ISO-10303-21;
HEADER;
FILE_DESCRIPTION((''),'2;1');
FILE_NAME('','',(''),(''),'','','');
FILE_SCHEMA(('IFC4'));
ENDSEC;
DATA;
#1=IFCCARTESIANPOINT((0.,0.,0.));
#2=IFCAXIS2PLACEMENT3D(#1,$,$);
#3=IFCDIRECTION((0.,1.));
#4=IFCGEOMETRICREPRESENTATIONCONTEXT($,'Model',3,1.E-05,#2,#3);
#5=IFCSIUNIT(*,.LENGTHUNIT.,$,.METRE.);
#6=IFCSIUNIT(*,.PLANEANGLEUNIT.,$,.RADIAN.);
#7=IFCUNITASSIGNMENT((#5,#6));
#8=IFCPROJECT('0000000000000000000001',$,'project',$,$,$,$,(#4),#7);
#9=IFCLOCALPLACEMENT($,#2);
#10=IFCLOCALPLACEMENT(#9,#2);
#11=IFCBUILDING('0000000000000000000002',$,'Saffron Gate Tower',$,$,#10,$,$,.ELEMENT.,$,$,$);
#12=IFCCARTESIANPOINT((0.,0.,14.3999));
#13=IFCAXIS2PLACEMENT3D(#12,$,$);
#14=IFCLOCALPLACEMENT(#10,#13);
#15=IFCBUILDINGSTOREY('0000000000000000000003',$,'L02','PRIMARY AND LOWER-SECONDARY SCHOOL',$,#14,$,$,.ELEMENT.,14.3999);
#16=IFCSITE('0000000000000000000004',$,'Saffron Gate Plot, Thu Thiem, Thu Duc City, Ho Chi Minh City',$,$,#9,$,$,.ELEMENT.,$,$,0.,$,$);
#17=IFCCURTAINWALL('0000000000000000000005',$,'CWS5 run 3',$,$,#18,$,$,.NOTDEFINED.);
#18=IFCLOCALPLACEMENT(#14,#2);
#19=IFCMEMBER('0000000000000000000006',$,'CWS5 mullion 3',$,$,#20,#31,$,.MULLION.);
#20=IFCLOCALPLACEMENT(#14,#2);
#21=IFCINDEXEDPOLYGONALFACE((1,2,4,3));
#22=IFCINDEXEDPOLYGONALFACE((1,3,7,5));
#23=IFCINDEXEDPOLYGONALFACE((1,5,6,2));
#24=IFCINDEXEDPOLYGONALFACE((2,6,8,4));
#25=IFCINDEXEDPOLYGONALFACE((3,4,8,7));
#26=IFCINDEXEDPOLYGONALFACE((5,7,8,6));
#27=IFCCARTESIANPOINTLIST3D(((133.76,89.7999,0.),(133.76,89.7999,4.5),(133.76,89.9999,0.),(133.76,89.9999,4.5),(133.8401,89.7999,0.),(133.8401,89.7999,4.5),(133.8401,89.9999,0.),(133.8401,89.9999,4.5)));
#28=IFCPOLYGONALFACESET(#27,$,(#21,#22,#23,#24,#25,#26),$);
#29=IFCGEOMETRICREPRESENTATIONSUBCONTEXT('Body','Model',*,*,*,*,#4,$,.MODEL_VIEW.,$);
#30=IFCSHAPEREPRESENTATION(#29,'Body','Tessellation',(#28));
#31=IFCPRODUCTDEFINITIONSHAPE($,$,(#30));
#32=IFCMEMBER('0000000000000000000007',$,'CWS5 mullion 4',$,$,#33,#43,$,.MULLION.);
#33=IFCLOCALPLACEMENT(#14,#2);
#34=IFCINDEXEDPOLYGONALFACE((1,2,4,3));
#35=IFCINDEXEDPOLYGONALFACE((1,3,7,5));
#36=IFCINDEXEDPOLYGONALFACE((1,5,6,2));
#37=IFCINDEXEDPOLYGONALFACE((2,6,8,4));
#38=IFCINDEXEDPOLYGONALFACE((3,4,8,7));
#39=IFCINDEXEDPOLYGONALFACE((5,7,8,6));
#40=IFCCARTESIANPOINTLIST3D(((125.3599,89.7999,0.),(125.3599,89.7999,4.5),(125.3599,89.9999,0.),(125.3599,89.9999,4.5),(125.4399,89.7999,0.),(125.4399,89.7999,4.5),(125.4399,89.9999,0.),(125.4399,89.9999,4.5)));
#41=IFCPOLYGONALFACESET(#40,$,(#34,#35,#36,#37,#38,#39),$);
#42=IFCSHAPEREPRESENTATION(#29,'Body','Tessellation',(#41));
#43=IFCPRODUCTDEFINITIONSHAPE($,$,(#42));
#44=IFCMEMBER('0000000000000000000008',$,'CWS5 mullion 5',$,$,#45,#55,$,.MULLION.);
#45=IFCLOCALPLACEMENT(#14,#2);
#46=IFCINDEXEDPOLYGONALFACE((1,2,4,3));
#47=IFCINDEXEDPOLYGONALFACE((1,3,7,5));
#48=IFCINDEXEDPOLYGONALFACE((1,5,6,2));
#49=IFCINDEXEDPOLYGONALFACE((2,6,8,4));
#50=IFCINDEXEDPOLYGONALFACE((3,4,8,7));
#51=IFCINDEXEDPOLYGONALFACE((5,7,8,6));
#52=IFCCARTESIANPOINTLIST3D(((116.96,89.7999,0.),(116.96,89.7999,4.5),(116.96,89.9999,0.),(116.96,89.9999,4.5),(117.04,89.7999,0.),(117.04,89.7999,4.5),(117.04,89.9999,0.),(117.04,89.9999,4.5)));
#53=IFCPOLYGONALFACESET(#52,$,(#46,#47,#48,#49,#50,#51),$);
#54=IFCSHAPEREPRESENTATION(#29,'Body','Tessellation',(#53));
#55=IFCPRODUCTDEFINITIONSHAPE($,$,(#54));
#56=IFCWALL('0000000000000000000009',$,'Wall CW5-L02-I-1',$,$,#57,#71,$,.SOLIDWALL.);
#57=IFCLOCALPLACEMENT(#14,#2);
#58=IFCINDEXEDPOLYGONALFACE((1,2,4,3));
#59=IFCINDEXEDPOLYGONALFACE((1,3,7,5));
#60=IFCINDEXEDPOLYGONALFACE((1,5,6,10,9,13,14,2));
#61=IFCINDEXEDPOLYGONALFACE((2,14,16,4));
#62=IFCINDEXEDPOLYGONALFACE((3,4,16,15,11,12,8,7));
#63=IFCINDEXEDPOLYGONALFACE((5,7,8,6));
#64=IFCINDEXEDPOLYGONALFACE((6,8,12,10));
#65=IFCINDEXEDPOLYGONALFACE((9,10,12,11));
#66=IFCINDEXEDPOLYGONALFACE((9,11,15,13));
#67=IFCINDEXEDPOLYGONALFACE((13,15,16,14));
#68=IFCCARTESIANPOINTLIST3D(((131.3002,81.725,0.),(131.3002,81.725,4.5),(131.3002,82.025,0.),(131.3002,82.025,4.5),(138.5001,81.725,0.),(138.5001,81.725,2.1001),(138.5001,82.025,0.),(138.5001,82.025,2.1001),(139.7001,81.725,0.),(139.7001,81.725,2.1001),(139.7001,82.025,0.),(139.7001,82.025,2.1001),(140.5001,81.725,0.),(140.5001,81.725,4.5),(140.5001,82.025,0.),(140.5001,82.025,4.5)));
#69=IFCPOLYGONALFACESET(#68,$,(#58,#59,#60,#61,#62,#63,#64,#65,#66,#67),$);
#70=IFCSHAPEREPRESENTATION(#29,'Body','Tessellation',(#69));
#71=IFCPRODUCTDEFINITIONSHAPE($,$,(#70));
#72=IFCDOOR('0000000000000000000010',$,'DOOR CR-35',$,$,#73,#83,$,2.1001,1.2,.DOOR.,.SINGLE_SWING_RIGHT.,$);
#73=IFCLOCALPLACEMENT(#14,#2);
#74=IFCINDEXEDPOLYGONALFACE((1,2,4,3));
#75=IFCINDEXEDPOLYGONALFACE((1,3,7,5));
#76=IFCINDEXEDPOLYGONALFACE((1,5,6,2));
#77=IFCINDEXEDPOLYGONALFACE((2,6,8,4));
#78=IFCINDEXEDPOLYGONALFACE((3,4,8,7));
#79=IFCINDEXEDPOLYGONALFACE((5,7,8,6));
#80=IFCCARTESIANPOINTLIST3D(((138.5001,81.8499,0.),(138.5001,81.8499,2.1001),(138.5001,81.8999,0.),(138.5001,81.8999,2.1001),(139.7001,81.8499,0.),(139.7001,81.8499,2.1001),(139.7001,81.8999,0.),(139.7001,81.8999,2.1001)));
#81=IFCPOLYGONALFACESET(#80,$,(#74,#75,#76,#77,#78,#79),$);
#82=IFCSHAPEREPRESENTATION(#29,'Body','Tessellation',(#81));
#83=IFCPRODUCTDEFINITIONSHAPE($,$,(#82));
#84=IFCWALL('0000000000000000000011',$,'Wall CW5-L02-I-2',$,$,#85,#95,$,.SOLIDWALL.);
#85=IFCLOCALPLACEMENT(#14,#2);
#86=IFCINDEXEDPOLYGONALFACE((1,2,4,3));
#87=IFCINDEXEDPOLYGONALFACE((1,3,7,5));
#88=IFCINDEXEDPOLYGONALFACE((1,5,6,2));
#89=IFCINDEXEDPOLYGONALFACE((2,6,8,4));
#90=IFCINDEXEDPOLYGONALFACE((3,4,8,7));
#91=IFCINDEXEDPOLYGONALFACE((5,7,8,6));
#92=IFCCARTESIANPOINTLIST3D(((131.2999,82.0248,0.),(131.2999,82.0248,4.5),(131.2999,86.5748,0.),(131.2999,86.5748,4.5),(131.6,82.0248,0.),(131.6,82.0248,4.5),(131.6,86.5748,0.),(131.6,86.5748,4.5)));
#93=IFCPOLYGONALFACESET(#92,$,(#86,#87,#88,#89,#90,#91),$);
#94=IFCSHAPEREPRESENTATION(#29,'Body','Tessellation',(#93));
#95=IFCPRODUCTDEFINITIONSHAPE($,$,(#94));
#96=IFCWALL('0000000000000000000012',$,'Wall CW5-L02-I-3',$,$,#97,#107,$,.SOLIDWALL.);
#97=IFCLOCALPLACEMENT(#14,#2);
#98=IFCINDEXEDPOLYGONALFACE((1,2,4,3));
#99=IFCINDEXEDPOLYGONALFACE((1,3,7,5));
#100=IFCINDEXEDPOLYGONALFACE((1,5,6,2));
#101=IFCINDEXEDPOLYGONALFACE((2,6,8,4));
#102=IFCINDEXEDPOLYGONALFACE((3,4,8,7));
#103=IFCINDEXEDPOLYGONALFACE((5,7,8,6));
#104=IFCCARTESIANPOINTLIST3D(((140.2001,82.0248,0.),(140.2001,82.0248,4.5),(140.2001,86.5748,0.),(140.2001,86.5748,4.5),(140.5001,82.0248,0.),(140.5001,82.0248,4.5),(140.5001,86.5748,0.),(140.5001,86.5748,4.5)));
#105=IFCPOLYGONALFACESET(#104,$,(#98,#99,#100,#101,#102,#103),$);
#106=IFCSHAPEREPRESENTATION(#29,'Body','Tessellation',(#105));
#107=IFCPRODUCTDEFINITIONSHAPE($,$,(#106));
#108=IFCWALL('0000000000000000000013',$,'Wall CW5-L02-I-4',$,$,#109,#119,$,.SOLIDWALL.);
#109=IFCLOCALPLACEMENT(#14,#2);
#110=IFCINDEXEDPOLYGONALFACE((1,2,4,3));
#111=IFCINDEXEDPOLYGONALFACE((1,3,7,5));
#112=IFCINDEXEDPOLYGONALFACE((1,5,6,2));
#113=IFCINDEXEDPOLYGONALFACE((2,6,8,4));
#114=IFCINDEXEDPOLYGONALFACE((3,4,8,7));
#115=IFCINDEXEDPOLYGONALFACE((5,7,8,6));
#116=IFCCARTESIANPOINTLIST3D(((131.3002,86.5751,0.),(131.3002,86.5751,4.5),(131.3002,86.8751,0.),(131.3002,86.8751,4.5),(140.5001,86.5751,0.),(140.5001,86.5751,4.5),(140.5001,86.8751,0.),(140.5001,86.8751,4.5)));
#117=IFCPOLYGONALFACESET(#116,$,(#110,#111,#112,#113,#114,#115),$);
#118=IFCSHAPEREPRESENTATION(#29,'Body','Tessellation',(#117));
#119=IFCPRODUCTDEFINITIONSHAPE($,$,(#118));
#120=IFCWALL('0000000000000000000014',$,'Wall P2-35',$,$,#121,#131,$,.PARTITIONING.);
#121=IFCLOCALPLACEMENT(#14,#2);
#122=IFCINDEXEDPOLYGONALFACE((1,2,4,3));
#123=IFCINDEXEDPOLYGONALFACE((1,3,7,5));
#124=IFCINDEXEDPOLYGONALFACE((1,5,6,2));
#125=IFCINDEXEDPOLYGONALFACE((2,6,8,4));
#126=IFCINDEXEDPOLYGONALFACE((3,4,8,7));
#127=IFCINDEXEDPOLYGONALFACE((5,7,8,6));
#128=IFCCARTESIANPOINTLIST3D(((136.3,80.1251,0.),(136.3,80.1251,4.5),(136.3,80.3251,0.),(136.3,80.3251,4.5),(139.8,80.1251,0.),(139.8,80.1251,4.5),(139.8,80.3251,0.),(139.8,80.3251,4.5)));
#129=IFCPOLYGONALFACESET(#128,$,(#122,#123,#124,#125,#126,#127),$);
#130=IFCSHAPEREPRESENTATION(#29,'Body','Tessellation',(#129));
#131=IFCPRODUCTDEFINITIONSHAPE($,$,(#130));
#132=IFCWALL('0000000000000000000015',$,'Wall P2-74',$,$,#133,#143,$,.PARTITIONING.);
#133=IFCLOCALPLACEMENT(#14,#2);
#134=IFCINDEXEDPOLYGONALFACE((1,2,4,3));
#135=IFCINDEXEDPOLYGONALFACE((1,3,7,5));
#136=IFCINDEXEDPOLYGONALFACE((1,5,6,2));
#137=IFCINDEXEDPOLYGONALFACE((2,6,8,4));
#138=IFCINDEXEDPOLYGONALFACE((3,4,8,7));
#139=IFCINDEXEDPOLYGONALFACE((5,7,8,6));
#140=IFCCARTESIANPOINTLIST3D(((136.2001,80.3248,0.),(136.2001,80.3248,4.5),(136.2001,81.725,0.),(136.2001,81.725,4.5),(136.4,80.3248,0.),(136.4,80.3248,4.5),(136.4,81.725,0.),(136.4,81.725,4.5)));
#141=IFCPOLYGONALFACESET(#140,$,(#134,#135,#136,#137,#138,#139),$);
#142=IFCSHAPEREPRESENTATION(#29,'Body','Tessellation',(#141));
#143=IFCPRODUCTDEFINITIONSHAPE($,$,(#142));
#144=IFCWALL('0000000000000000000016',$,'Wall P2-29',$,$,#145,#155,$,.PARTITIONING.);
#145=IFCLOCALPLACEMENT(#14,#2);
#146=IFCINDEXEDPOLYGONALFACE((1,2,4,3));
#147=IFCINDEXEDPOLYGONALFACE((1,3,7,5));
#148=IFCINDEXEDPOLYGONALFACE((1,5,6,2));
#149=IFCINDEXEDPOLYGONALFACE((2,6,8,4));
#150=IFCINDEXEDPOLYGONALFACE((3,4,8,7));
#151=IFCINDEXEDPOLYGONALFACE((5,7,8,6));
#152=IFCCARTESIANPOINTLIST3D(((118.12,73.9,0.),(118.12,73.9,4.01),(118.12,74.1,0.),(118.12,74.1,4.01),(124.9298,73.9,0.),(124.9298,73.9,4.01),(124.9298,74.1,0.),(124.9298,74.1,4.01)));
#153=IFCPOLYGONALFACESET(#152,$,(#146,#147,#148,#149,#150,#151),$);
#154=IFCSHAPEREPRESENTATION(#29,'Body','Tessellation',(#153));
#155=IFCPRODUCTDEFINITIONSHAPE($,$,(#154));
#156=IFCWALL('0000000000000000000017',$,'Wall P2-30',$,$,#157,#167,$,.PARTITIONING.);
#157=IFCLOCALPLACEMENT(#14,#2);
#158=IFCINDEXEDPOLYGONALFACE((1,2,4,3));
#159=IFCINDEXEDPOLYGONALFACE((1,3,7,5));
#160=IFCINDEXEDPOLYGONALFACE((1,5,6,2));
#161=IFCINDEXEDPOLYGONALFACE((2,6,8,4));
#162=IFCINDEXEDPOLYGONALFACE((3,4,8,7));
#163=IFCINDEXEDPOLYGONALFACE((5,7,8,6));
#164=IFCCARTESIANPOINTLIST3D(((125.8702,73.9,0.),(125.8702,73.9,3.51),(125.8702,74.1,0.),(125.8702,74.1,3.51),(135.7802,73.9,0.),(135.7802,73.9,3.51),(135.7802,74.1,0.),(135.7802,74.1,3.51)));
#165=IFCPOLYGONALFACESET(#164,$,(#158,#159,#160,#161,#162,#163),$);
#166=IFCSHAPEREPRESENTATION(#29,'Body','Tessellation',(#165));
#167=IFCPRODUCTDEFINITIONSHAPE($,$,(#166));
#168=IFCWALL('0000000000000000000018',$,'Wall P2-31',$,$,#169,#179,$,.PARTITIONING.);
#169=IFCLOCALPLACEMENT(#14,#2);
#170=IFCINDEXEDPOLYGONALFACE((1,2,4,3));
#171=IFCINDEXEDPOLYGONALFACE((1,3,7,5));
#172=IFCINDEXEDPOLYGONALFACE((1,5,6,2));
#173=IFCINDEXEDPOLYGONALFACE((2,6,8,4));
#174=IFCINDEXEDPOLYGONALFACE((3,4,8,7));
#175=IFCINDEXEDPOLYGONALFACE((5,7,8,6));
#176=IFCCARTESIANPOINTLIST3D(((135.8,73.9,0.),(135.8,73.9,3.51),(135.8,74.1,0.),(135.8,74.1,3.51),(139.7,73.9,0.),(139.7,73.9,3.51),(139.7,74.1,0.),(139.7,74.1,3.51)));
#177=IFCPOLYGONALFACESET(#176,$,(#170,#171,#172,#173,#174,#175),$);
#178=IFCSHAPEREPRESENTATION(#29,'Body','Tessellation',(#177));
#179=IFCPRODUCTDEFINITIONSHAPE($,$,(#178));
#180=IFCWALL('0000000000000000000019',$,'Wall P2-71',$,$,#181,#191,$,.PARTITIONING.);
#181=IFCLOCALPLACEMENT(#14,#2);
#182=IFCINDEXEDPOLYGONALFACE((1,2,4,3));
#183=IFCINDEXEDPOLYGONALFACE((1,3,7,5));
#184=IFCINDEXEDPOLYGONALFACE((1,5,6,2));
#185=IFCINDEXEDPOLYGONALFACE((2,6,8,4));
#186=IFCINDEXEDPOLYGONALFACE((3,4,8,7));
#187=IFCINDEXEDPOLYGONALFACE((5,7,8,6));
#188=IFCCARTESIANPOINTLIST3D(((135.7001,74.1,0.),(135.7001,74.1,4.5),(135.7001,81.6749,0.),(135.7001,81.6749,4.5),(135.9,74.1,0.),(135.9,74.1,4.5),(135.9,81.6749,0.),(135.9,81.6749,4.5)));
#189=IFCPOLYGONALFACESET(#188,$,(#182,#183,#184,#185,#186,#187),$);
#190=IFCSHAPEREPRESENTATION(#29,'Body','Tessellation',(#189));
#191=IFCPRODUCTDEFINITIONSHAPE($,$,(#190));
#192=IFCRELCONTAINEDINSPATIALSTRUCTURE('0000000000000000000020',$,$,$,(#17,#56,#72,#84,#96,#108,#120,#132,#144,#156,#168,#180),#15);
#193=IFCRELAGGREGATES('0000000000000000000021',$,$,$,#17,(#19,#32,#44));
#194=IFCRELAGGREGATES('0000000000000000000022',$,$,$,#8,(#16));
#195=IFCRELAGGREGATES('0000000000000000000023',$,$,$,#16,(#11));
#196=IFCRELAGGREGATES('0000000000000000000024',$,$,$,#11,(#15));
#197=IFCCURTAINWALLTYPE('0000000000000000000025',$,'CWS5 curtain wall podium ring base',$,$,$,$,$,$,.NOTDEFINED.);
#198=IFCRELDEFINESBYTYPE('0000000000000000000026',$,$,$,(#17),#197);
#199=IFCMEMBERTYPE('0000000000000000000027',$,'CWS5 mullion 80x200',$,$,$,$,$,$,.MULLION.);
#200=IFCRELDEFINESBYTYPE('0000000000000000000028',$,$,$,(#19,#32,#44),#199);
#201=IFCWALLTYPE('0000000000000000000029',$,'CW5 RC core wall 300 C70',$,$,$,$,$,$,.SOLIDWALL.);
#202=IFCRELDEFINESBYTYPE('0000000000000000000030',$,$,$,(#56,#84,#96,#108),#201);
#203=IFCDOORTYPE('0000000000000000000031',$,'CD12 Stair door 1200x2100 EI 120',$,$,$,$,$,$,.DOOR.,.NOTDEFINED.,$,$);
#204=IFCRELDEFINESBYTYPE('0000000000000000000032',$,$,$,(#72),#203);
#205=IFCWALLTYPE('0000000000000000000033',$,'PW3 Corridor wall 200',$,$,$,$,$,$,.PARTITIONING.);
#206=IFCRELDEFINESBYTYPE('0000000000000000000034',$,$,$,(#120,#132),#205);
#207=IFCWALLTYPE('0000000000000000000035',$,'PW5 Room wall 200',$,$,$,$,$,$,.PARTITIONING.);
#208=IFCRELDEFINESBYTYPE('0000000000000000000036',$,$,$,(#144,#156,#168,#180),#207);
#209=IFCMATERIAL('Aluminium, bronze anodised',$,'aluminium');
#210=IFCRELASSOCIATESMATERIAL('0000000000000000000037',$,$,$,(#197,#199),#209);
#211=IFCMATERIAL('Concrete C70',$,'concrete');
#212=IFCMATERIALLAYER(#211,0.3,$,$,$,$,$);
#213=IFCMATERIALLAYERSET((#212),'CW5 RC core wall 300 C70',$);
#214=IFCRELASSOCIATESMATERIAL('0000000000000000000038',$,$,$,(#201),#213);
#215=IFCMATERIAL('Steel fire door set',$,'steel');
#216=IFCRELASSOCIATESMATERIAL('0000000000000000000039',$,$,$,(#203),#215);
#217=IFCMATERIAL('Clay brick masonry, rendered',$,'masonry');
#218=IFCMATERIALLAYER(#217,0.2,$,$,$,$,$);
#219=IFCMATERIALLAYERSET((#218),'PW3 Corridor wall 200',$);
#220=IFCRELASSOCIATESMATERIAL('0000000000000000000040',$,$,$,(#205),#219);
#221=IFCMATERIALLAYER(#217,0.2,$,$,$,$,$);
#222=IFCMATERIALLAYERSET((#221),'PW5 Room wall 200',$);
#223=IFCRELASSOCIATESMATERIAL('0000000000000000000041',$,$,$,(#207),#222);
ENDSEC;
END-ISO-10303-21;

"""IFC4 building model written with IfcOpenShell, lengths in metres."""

from ifc_helpers import new_model, si_unit, direction, frame, frame_2d, origin, origin_2d, place, context, subcontext, project, spatial, rectangle, extrude, material, layer, layer_set, material_profile, profile_set, type_object, element, fill, aggregate, save


model = new_model("IFC4")

# Units and contexts
model_context = context("Model", 3, precision=1e-05, world=origin(), true_north=direction((0.0, 1.0)))
body_context = subcontext(model_context, "Body", "Model", "MODEL_VIEW")
ifc_project = project(units=[si_unit("LENGTHUNIT", "METRE"), si_unit("PLANEANGLEUNIT", "RADIAN")], contexts=[model_context])

# Site, building, storey
site_placement = place(None, origin())
site = spatial("IfcSite", under=ifc_project, at=site_placement, Name="Saffron Gate Plot, Thu Thiem, Thu Duc City, Ho Chi Minh City", CompositionType="ELEMENT", RefElevation=0.0)
building_placement = place(site_placement, origin())
building = spatial("IfcBuilding", under=site, at=building_placement, Name="Saffron Gate Tower", CompositionType="ELEMENT")
storey_placement = place(building_placement, frame((0.0, 0.0, 14.3999)))
storey = spatial("IfcBuildingStorey", under=building, at=storey_placement, Name="L02", Description="PRIMARY AND LOWER-SECONDARY SCHOOL", CompositionType="ELEMENT", Elevation=14.3999)

# Curtain wall
ifc_material_1 = material(Name="Aluminium, bronze anodised", Category="aluminium")
curtain_wall_type = type_object("IfcCurtainWallType", Name="CWS5 curtain wall podium ring base", PredefinedType="NOTDEFINED", material=ifc_material_1)
curtain_wall_1_placement = place(storey_placement, origin())
curtain_wall_1 = element("IfcCurtainWall", 1, at=curtain_wall_1_placement, inside=storey, type_object=curtain_wall_type, Name="CWS5 run 3", PredefinedType="NOTDEFINED")
ifc_material_profile_1 = material_profile(ifc_material_1, rectangle(XDim=0.2, YDim=0.0801, at=origin_2d()))
ifc_profile_set_1 = profile_set([ifc_material_profile_1], Name="Aluminium, bronze anodised")
member_type_1 = type_object("IfcMemberType", Name="CWS5 mullion 80x200", PredefinedType="MULLION", material=ifc_profile_set_1)

# Members
member_1_placement = place(storey_placement, frame((133.8, 89.8999, 0.0), z_axis=(0.0, 0.0, 1.0), x_axis=(0.0, -1.0, 0.0)))
member_1 = element("IfcMember", 2, at=member_1_placement, type_object=member_type_1, Name="CWS5 mullion 3", PredefinedType="MULLION", context=body_context, shape_type="SweptSolid", body=[
    extrude(rectangle(XDim=0.2, YDim=0.0801, at=origin_2d()), origin(), (0.0, 0.0, 1.0), 4.5),
])
member_2_placement = place(storey_placement, frame((125.3999, 89.8999, 0.0), z_axis=(0.0, 0.0, 1.0), x_axis=(0.0, -1.0, 0.0)))
member_2 = element("IfcMember", 3, at=member_2_placement, type_object=member_type_1, Name="CWS5 mullion 4", PredefinedType="MULLION", context=body_context, shape_type="SweptSolid", body=[
    extrude(rectangle(XDim=0.2, YDim=0.0801, at=origin_2d()), origin(), (0.0, 0.0, 1.0), 4.5),
])
member_3_placement = place(storey_placement, frame((117.0, 89.8999, 0.0), z_axis=(0.0, 0.0, 1.0), x_axis=(0.0, -1.0, 0.0)))
member_3 = element("IfcMember", 4, at=member_3_placement, type_object=member_type_1, Name="CWS5 mullion 5", PredefinedType="MULLION", context=body_context, shape_type="SweptSolid", body=[
    extrude(rectangle(XDim=0.2, YDim=0.0801, at=origin_2d()), origin(), (0.0, 0.0, 1.0), 4.5),
])
aggregate(curtain_wall_1, [member_1, member_2, member_3])

# Wall, opening, door
ifc_material_2 = material(Name="Concrete C70", Category="concrete")
ifc_layer_1 = layer(ifc_material_2, 0.3)
ifc_layer_set_1 = layer_set([ifc_layer_1], Name="CW5 RC core wall 300 C70")
wall_type_1 = type_object("IfcWallType", Name="CW5 RC core wall 300 C70", PredefinedType="SOLIDWALL", material=ifc_layer_set_1)
wall_1_placement = place(storey_placement, frame((131.3, 81.875, 0.0), z_axis=(0.0, 0.0, 1.0), x_axis=(1.0, 0.0, 0.0)))
wall_1 = element("IfcWall", 5, at=wall_1_placement, inside=storey, type_object=wall_type_1, Name="Wall CW5-L02-I-1", PredefinedType="SOLIDWALL", context=body_context, shape_type="SweptSolid", body=[
    extrude(rectangle(XDim=9.2, YDim=0.3, at=frame_2d((4.6001, 0.0))), origin(), (0.0, 0.0, 1.0), 4.5),
])
opening_placement = place(wall_1_placement, frame((7.2, 0.0, 0.0)))
opening = element("IfcOpeningElement", 6, at=opening_placement, cuts=wall_1, PredefinedType="OPENING", context=body_context, shape_type="SweptSolid", body=[
    extrude(rectangle(XDim=1.2, YDim=2.1001, at=frame_2d((0.6001, 1.05))), frame((0.0, 0.1602, 0.0), z_axis=(0.0, -1.0, 0.0), x_axis=(1.0, 0.0, 0.0)), (0.0, 0.0, 1.0), 0.3201),
])
ifc_material_3 = material(Name="Steel fire door set", Category="steel")
door_type = type_object("IfcDoorType", Name="CD12 Stair door 1200x2100 EI 120", OperationType="NOTDEFINED", PredefinedType="DOOR", material=ifc_material_3)
door_placement = place(opening_placement, origin())
door = element("IfcDoor", 7, at=door_placement, inside=storey, type_object=door_type, Name="DOOR CR-35", OperationType="SINGLE_SWING_RIGHT", OverallHeight=2.1001, OverallWidth=1.2, PredefinedType="DOOR", context=body_context, shape_type="SweptSolid", body=[
    extrude(rectangle(XDim=1.2, YDim=2.1001, at=frame_2d((0.6001, 1.05))), frame((0.0, 0.0249, 0.0), z_axis=(0.0, -1.0, 0.0), x_axis=(1.0, 0.0, 0.0)), (0.0, 0.0, 1.0), 0.05),
])
fill(opening, door)

# Walls
for number, where, z_axis, x_axis, name in (
    (8, (131.45, 82.0249, 0.0), (0.0, 0.0, 1.0), (0.0, 1.0, 0.0), "Wall CW5-L02-I-2"),
    (9, (140.3501, 82.0249, 0.0), (0.0, 0.0, 1.0), (0.0, 1.0, 0.0), "Wall CW5-L02-I-3"),
):
    element("IfcWall", number, at=place(storey_placement, frame(where, z_axis=z_axis, x_axis=x_axis)), inside=storey, type_object=wall_type_1, Name=name, PredefinedType="SOLIDWALL", context=body_context, shape_type="SweptSolid", body=[
        extrude(rectangle(XDim=4.55, YDim=0.3, at=frame_2d((2.2749, 0.0))), origin(), (0.0, 0.0, 1.0), 4.5),
    ])
wall_2_placement = place(storey_placement, frame((131.3, 86.7251, 0.0), z_axis=(0.0, 0.0, 1.0), x_axis=(1.0, 0.0, 0.0)))
element("IfcWall", 10, at=wall_2_placement, inside=storey, type_object=wall_type_1, Name="Wall CW5-L02-I-4", PredefinedType="SOLIDWALL", context=body_context, shape_type="SweptSolid", body=[
    extrude(rectangle(XDim=9.2, YDim=0.3, at=frame_2d((4.6001, 0.0))), origin(), (0.0, 0.0, 1.0), 4.5),
])
ifc_material_4 = material(Name="Clay brick masonry, rendered", Category="masonry")
ifc_layer_2 = layer(ifc_material_4, 0.2)
ifc_layer_set_2 = layer_set([ifc_layer_2], Name="PW3 Corridor wall 200")
wall_type_2 = type_object("IfcWallType", Name="PW3 Corridor wall 200", PredefinedType="PARTITIONING", material=ifc_layer_set_2)
wall_3_placement = place(storey_placement, frame((136.3, 80.2251, 0.0), z_axis=(0.0, 0.0, 1.0), x_axis=(1.0, 0.0, 0.0)))
element("IfcWall", 11, at=wall_3_placement, inside=storey, type_object=wall_type_2, Name="Wall P2-35", PredefinedType="PARTITIONING", context=body_context, shape_type="SweptSolid", body=[
    extrude(rectangle(XDim=3.5, YDim=0.2, at=frame_2d((1.75, 0.0))), origin(), (0.0, 0.0, 1.0), 4.5),
])
wall_4_placement = place(storey_placement, frame((136.3, 81.7251, 0.0), z_axis=(0.0, 0.0, 1.0), x_axis=(0.0, -1.0, 0.0)))
element("IfcWall", 12, at=wall_4_placement, inside=storey, type_object=wall_type_2, Name="Wall P2-74", PredefinedType="PARTITIONING", context=body_context, shape_type="SweptSolid", body=[
    extrude(rectangle(XDim=1.4001, YDim=0.2, at=frame_2d((0.7002, 0.0))), origin(), (0.0, 0.0, 1.0), 4.5),
])
ifc_layer_3 = layer(ifc_material_4, 0.2)
ifc_layer_set_3 = layer_set([ifc_layer_3], Name="PW5 Room wall 200")
wall_type_3 = type_object("IfcWallType", Name="PW5 Room wall 200", PredefinedType="PARTITIONING", material=ifc_layer_set_3)
wall_5_placement = place(storey_placement, frame((118.1201, 74.0, 0.0), z_axis=(0.0, 0.0, 1.0), x_axis=(1.0, 0.0, 0.0)))
element("IfcWall", 13, at=wall_5_placement, inside=storey, type_object=wall_type_3, Name="Wall P2-29", PredefinedType="PARTITIONING", context=body_context, shape_type="SweptSolid", body=[
    extrude(rectangle(XDim=6.8098, YDim=0.2, at=frame_2d((3.4048, 0.0))), origin(), (0.0, 0.0, 1.0), 4.01),
])
wall_6_placement = place(storey_placement, frame((125.8701, 74.0, 0.0), z_axis=(0.0, 0.0, 1.0), x_axis=(1.0, 0.0, 0.0)))
element("IfcWall", 14, at=wall_6_placement, inside=storey, type_object=wall_type_3, Name="Wall P2-30", PredefinedType="PARTITIONING", context=body_context, shape_type="SweptSolid", body=[
    extrude(rectangle(XDim=9.9099, YDim=0.2, at=frame_2d((4.9551, 0.0))), origin(), (0.0, 0.0, 1.0), 3.51),
])
wall_7_placement = place(storey_placement, frame((135.8, 74.0, 0.0), z_axis=(0.0, 0.0, 1.0), x_axis=(1.0, 0.0, 0.0)))
element("IfcWall", 15, at=wall_7_placement, inside=storey, type_object=wall_type_3, Name="Wall P2-31", PredefinedType="PARTITIONING", context=body_context, shape_type="SweptSolid", body=[
    extrude(rectangle(XDim=3.8999, YDim=0.2, at=frame_2d((1.95, 0.0))), origin(), (0.0, 0.0, 1.0), 3.51),
])
wall_8_placement = place(storey_placement, frame((135.8, 81.675, 0.0), z_axis=(0.0, 0.0, 1.0), x_axis=(0.0, -1.0, 0.0)))
element("IfcWall", 16, at=wall_8_placement, inside=storey, type_object=wall_type_3, Name="Wall P2-71", PredefinedType="PARTITIONING", context=body_context, shape_type="SweptSolid", body=[
    extrude(rectangle(XDim=7.575, YDim=0.2, at=frame_2d((3.7876, 0.0))), origin(), (0.0, 0.0, 1.0), 4.5),
])

save(model, "model.ifc")
